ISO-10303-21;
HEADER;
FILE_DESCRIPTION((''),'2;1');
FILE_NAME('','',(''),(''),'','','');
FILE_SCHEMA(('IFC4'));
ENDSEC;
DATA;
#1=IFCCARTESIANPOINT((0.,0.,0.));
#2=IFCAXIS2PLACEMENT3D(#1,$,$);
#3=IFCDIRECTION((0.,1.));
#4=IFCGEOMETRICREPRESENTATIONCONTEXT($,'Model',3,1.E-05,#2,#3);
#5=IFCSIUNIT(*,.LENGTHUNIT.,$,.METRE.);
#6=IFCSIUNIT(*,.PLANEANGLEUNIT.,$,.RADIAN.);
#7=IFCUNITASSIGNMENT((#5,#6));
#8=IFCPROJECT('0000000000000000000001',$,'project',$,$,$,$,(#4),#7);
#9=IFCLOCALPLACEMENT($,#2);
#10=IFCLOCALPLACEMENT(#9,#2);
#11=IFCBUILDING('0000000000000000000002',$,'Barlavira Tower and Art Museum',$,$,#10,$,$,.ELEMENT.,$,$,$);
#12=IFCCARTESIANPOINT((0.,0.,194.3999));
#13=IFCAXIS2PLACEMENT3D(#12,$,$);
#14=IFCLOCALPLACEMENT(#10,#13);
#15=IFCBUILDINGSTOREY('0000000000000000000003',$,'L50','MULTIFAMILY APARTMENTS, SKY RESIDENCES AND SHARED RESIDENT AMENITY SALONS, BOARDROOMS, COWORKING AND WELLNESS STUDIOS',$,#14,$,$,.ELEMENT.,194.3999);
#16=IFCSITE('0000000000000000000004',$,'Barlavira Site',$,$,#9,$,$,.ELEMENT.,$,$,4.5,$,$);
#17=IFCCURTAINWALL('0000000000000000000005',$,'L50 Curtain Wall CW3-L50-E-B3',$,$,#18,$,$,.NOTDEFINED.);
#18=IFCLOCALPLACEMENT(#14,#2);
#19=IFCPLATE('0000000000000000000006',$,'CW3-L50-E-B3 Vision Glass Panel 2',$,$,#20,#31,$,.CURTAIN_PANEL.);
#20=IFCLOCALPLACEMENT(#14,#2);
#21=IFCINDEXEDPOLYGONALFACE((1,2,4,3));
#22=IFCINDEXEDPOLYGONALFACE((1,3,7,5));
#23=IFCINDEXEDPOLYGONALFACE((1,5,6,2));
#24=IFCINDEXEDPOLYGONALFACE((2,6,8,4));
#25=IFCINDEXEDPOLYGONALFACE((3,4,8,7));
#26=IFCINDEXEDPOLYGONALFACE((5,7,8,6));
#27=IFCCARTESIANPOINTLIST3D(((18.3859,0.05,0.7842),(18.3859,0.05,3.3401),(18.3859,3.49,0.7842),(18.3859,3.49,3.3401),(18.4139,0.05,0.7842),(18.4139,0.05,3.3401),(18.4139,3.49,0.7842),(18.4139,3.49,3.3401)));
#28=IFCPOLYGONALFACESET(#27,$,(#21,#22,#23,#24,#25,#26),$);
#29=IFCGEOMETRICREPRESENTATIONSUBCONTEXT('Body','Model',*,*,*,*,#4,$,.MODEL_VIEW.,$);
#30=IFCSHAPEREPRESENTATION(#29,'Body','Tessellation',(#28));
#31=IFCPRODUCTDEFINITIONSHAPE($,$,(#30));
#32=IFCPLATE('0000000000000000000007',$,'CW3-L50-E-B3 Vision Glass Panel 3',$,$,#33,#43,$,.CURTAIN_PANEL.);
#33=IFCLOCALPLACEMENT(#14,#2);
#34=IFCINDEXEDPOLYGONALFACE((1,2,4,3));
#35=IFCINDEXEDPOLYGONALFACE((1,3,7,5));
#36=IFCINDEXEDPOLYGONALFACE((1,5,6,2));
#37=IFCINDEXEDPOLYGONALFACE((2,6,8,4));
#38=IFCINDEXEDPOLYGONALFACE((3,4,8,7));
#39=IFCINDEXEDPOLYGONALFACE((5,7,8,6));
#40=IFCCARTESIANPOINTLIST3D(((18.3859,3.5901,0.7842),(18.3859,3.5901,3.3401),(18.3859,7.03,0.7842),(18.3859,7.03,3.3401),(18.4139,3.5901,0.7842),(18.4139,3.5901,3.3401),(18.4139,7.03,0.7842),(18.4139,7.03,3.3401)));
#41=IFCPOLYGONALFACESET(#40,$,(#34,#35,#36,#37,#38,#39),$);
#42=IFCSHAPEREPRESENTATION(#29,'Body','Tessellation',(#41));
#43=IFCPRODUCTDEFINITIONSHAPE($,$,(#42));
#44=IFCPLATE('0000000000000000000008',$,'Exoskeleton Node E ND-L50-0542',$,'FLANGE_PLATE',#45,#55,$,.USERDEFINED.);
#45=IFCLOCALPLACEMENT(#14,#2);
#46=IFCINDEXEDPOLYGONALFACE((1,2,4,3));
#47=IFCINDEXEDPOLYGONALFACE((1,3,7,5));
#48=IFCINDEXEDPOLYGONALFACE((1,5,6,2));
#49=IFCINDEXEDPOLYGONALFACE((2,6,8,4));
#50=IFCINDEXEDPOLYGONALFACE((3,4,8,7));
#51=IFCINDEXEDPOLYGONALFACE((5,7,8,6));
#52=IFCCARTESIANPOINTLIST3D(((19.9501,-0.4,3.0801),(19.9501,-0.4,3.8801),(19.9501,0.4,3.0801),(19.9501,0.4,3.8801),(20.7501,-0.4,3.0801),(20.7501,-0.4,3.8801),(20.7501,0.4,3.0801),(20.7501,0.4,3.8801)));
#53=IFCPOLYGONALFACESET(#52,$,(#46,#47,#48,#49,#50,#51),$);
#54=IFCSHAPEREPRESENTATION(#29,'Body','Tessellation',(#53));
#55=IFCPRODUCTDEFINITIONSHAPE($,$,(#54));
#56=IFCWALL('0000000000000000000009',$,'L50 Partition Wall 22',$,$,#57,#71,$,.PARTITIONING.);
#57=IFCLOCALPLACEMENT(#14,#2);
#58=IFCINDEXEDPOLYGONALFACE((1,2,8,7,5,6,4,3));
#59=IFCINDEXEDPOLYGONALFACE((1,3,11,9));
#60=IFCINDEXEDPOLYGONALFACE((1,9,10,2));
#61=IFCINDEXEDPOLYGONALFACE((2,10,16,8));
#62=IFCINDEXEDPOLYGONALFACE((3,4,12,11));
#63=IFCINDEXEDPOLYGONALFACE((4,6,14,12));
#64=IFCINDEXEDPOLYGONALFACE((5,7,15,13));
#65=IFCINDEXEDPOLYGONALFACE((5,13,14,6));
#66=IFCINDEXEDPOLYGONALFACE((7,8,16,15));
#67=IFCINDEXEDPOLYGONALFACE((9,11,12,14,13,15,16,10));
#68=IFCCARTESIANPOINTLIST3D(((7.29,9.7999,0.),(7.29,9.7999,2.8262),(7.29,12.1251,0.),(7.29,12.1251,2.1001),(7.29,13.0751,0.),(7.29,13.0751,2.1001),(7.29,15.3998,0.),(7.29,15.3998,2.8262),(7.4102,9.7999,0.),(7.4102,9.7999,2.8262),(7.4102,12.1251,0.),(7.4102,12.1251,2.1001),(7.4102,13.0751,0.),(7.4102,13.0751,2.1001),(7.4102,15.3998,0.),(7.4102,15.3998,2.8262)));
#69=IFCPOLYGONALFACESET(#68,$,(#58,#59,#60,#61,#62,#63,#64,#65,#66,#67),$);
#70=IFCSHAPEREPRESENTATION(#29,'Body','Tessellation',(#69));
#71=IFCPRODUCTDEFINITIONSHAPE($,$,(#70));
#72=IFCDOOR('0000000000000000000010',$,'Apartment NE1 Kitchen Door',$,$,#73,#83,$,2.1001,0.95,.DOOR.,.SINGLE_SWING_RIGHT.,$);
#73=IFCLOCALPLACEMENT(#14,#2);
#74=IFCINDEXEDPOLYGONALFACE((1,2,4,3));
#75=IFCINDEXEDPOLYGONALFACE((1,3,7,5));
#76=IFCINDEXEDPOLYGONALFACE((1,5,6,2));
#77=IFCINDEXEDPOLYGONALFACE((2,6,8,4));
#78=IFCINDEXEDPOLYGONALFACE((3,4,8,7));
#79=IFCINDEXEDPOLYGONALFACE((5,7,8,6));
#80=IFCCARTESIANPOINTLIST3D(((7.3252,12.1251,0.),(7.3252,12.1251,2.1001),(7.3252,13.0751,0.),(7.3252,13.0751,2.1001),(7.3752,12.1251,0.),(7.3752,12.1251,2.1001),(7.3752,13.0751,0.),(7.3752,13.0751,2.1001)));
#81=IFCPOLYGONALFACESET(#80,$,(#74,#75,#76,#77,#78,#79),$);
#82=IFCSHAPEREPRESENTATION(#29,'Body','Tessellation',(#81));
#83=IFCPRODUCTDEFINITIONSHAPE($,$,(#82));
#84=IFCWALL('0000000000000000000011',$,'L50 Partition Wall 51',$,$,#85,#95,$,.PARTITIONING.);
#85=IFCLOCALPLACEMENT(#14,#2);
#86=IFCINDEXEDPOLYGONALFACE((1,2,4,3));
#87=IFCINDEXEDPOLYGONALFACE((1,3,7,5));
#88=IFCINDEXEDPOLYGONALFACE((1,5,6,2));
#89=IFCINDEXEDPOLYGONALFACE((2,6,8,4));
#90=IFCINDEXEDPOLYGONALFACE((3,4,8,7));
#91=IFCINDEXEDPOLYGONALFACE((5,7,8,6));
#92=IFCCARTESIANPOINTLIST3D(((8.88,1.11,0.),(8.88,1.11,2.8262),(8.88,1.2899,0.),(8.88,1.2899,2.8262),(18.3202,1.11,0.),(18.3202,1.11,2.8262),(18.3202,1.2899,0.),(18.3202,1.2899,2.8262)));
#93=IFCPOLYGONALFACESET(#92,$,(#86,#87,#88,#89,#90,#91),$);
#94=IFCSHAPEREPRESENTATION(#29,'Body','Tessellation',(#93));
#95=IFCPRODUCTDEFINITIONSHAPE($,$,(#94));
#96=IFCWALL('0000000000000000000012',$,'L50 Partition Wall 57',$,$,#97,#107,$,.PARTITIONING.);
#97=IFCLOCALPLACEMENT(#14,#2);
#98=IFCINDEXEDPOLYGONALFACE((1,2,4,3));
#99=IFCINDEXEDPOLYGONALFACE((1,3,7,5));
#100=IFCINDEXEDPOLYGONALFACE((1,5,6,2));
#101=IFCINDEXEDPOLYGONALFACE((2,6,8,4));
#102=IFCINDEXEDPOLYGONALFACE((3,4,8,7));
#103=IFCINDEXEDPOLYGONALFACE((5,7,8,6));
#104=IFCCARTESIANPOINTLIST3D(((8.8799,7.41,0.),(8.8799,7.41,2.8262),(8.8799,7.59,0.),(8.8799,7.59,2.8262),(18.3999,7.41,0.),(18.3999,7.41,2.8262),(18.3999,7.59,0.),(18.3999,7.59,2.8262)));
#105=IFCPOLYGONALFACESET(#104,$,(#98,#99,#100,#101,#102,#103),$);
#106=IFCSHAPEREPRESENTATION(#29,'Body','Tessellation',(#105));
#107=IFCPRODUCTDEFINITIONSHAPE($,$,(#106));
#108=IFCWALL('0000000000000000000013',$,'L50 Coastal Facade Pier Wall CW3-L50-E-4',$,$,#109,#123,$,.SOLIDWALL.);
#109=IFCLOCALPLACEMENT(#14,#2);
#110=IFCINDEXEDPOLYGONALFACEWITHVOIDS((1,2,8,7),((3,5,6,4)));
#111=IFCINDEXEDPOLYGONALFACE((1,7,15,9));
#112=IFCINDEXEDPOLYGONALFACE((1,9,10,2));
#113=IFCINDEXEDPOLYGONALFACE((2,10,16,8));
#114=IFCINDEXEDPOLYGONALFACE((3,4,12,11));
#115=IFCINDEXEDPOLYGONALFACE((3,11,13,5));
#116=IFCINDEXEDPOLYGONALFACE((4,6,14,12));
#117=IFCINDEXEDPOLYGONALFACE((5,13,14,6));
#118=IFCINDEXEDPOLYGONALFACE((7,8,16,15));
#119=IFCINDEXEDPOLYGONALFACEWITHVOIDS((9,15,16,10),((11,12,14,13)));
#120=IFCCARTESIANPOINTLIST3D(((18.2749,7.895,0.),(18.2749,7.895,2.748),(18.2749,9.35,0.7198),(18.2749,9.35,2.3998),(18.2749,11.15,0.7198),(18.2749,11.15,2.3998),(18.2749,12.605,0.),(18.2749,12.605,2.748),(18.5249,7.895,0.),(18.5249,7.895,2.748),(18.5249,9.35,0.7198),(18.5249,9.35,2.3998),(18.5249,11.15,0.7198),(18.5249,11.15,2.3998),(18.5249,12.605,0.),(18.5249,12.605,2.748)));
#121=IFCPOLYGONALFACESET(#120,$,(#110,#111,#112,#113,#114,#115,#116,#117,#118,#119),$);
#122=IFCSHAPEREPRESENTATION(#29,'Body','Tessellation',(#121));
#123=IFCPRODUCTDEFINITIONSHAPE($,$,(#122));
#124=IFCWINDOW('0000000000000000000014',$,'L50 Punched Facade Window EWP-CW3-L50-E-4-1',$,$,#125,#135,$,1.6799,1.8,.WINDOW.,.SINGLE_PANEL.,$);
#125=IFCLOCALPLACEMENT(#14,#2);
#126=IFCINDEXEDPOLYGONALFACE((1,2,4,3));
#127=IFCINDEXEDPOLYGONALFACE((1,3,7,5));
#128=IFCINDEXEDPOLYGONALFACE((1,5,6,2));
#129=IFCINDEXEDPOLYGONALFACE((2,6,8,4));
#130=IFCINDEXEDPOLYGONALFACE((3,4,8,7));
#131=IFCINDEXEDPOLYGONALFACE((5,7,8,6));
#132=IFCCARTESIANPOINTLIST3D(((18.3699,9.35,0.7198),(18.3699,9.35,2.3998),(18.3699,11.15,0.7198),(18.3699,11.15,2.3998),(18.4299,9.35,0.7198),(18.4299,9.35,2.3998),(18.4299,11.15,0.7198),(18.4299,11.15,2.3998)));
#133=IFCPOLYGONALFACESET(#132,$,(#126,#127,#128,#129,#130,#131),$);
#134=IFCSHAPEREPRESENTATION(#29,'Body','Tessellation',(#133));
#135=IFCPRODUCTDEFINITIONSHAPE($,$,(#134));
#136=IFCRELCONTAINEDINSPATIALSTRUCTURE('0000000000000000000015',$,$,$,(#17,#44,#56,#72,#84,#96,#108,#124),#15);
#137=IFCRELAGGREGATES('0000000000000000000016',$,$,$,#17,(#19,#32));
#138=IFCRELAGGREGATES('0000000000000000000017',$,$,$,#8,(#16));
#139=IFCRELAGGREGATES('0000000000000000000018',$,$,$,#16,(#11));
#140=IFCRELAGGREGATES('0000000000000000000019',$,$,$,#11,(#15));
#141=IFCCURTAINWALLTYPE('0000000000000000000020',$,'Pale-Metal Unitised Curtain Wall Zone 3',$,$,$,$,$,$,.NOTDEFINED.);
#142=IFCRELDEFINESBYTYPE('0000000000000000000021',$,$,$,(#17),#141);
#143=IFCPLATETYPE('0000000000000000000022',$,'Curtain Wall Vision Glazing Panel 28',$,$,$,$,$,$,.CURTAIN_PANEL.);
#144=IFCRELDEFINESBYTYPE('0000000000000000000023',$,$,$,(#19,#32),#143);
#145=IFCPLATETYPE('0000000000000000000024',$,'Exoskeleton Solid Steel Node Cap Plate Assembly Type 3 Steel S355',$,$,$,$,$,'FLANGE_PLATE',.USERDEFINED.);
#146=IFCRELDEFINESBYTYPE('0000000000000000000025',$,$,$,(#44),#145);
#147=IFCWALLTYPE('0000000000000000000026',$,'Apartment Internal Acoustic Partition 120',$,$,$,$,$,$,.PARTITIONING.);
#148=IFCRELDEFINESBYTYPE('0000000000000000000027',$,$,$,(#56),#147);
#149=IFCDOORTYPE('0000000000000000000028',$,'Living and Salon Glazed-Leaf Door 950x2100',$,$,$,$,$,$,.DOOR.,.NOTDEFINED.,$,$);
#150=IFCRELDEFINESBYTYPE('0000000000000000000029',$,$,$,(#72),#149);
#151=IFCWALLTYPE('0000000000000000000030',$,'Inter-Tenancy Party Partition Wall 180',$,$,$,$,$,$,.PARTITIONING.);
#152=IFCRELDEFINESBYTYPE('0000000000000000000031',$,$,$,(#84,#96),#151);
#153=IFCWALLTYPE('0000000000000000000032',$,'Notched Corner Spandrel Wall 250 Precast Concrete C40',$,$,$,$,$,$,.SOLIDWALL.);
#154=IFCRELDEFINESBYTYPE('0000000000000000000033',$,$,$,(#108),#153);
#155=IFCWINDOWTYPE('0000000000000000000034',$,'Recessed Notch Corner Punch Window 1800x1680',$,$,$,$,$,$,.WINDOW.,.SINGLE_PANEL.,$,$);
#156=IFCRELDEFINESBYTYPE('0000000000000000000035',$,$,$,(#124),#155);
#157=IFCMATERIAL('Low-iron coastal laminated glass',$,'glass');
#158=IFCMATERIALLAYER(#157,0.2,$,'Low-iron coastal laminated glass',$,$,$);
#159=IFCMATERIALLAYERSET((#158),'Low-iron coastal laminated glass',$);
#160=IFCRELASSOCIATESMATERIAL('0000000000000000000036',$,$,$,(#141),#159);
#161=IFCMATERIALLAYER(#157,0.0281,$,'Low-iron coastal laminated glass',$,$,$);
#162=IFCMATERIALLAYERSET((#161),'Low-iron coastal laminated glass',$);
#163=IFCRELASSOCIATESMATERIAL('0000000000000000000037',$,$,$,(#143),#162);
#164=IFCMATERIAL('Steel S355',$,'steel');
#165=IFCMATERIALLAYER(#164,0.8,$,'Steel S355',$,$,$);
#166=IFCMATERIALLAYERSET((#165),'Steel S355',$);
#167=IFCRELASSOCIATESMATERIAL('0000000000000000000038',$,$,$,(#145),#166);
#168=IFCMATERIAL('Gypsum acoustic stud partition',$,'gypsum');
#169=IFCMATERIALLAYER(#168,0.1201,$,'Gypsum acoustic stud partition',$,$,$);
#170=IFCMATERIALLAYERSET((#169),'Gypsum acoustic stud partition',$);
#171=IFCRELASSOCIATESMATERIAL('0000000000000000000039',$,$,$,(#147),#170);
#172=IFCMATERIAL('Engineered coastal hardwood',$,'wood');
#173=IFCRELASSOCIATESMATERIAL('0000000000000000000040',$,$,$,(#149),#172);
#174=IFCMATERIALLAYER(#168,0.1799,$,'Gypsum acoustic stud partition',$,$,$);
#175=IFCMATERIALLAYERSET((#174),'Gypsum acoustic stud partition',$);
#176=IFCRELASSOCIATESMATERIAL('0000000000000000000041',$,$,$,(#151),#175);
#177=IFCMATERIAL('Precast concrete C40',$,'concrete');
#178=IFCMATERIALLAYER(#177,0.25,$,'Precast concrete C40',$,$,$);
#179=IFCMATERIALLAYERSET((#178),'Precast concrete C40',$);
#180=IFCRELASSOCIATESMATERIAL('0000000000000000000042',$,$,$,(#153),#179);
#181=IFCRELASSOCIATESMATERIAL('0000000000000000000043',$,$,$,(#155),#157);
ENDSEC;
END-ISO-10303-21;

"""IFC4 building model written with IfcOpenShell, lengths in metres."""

from ifc_helpers import new_model, si_unit, direction, frame, frame_2d, origin, origin_2d, place, context, subcontext, project, spatial, rectangle, extrude, material, layer, layer_set, type_object, element, fill, aggregate, save


model = new_model("IFC4")

# Units and contexts
model_context = context("Model", 3, precision=1e-05, world=origin(), true_north=direction((0.0, 1.0)))
body_context = subcontext(model_context, "Body", "Model", "MODEL_VIEW")
ifc_project = project(units=[si_unit("LENGTHUNIT", "METRE"), si_unit("PLANEANGLEUNIT", "RADIAN")], contexts=[model_context])

# Site, building, storey
site_placement = place(None, origin())
site = spatial("IfcSite", under=ifc_project, at=site_placement, Name="Barlavira Site", CompositionType="ELEMENT", RefElevation=4.5)
building_placement = place(site_placement, origin())
building = spatial("IfcBuilding", under=site, at=building_placement, Name="Barlavira Tower and Art Museum", CompositionType="ELEMENT")
storey_placement = place(building_placement, frame((0.0, 0.0, 194.3999)))
storey = spatial("IfcBuildingStorey", under=building, at=storey_placement, Name="L50", Description="MULTIFAMILY APARTMENTS, SKY RESIDENCES AND SHARED RESIDENT AMENITY SALONS, BOARDROOMS, COWORKING AND WELLNESS STUDIOS", CompositionType="ELEMENT", Elevation=194.3999)

# Curtain wall
ifc_material_1 = material(Name="Low-iron coastal laminated glass", Category="glass")
ifc_layer_1 = layer(ifc_material_1, 0.2, Name="Low-iron coastal laminated glass")
ifc_layer_set_1 = layer_set([ifc_layer_1], Name="Low-iron coastal laminated glass")
curtain_wall_type = type_object("IfcCurtainWallType", Name="Pale-Metal Unitised Curtain Wall Zone 3", PredefinedType="NOTDEFINED", material=ifc_layer_set_1)
curtain_wall_placement = place(storey_placement, origin())
curtain_wall = element("IfcCurtainWall", 1, at=curtain_wall_placement, inside=storey, type_object=curtain_wall_type, Name="L50 Curtain Wall CW3-L50-E-B3", PredefinedType="NOTDEFINED")

# Shared definitions
ifc_material_2 = material(Name="Steel S355", Category="steel")

# Plates
ifc_layer_2 = layer(ifc_material_1, 0.0281, Name="Low-iron coastal laminated glass")
ifc_layer_set_2 = layer_set([ifc_layer_2], Name="Low-iron coastal laminated glass")
plate_type_1 = type_object("IfcPlateType", Name="Curtain Wall Vision Glazing Panel 28", PredefinedType="CURTAIN_PANEL", material=ifc_layer_set_2)
plate_1_placement = place(storey_placement, frame((18.3999, 1.77, 0.7842), z_axis=(0.0, 0.0, 1.0), x_axis=(0.0, 1.0, 0.0)))
plate_1 = element("IfcPlate", 2, at=plate_1_placement, type_object=plate_type_1, Name="CW3-L50-E-B3 Vision Glass Panel 2", PredefinedType="CURTAIN_PANEL", context=body_context, shape_type="SweptSolid", body=[
    extrude(rectangle(XDim=3.4399, YDim=0.0281, at=origin_2d()), origin(), (0.0, 0.0, 1.0), 2.5559),
])
plate_2_placement = place(storey_placement, frame((18.3999, 5.3101, 0.7842), z_axis=(0.0, 0.0, 1.0), x_axis=(0.0, 1.0, 0.0)))
plate_2 = element("IfcPlate", 3, at=plate_2_placement, type_object=plate_type_1, Name="CW3-L50-E-B3 Vision Glass Panel 3", PredefinedType="CURTAIN_PANEL", context=body_context, shape_type="SweptSolid", body=[
    extrude(rectangle(XDim=3.4399, YDim=0.0281, at=origin_2d()), origin(), (0.0, 0.0, 1.0), 2.5559),
])
aggregate(curtain_wall, [plate_1, plate_2])
ifc_layer_3 = layer(ifc_material_2, 0.8, Name="Steel S355")
ifc_layer_set_3 = layer_set([ifc_layer_3], Name="Steel S355")
plate_type_2 = type_object("IfcPlateType", Name="Exoskeleton Solid Steel Node Cap Plate Assembly Type 3 Steel S355", ElementType="FLANGE_PLATE", PredefinedType="USERDEFINED", material=ifc_layer_set_3)
plate_3_placement = place(storey_placement, frame((20.3501, 0.0, 3.0801), z_axis=(0.0, 0.0, 1.0), x_axis=(1.0, 0.0, 0.0)))
element("IfcPlate", 4, at=plate_3_placement, inside=storey, type_object=plate_type_2, Name="Exoskeleton Node E ND-L50-0542", ObjectType="FLANGE_PLATE", PredefinedType="USERDEFINED", context=body_context, shape_type="SweptSolid", body=[
    extrude(rectangle(XDim=0.8, YDim=0.8, at=origin_2d()), origin(), (0.0, 0.0, 1.0), 0.8),
])

# Wall, opening, door
ifc_material_3 = material(Name="Gypsum acoustic stud partition", Category="gypsum")
ifc_layer_4 = layer(ifc_material_3, 0.1201, Name="Gypsum acoustic stud partition")
ifc_layer_set_4 = layer_set([ifc_layer_4], Name="Gypsum acoustic stud partition")
wall_type_1 = type_object("IfcWallType", Name="Apartment Internal Acoustic Partition 120", PredefinedType="PARTITIONING", material=ifc_layer_set_4)
wall_1_placement = place(storey_placement, frame((7.3501, 9.8, 0.0), z_axis=(0.0, 0.0, 1.0), x_axis=(0.0, 1.0, 0.0)))
wall_1 = element("IfcWall", 5, at=wall_1_placement, inside=storey, type_object=wall_type_1, Name="L50 Partition Wall 22", PredefinedType="PARTITIONING", context=body_context, shape_type="SweptSolid", body=[
    extrude(rectangle(XDim=5.5999, YDim=0.1201, at=frame_2d((2.7998, 0.0))), origin(), (0.0, 0.0, 1.0), 2.8262),
])
opening_1_placement = place(wall_1_placement, frame((2.325, 0.0, 0.0)))
opening_1 = element("IfcOpeningElement", 6, at=opening_1_placement, cuts=wall_1, PredefinedType="OPENING", context=body_context, shape_type="SweptSolid", body=[
    extrude(rectangle(XDim=0.95, YDim=2.1001, at=frame_2d((0.4751, 1.05))), frame((0.0, 0.0701, 0.0), z_axis=(0.0, -1.0, 0.0), x_axis=(1.0, 0.0, 0.0)), (0.0, 0.0, 1.0), 0.1401),
])
ifc_material_4 = material(Name="Engineered coastal hardwood", Category="wood")
door_type = type_object("IfcDoorType", Name="Living and Salon Glazed-Leaf Door 950x2100", OperationType="NOTDEFINED", PredefinedType="DOOR", material=ifc_material_4)
door_placement = place(opening_1_placement, origin())
door = element("IfcDoor", 7, at=door_placement, inside=storey, type_object=door_type, Name="Apartment NE1 Kitchen Door", OperationType="SINGLE_SWING_RIGHT", OverallHeight=2.1001, OverallWidth=0.95, PredefinedType="DOOR", context=body_context, shape_type="SweptSolid", body=[
    extrude(rectangle(XDim=0.95, YDim=2.1001, at=frame_2d((0.4751, 1.05))), frame((0.0, 0.0249, 0.0), z_axis=(0.0, -1.0, 0.0), x_axis=(1.0, 0.0, 0.0)), (0.0, 0.0, 1.0), 0.05),
])
fill(opening_1, door)

# Walls
ifc_layer_5 = layer(ifc_material_3, 0.1799, Name="Gypsum acoustic stud partition")
ifc_layer_set_5 = layer_set([ifc_layer_5], Name="Gypsum acoustic stud partition")
wall_type_2 = type_object("IfcWallType", Name="Inter-Tenancy Party Partition Wall 180", PredefinedType="PARTITIONING", material=ifc_layer_set_5)
wall_2_placement = place(storey_placement, frame((8.8799, 1.2, 0.0), z_axis=(0.0, 0.0, 1.0), x_axis=(1.0, 0.0, 0.0)))
element("IfcWall", 8, at=wall_2_placement, inside=storey, type_object=wall_type_2, Name="L50 Partition Wall 51", PredefinedType="PARTITIONING", context=body_context, shape_type="SweptSolid", body=[
    extrude(rectangle(XDim=9.4402, YDim=0.1799, at=frame_2d((4.7202, 0.0))), origin(), (0.0, 0.0, 1.0), 2.8262),
])
wall_3_placement = place(storey_placement, frame((8.8799, 7.5, 0.0), z_axis=(0.0, 0.0, 1.0), x_axis=(1.0, 0.0, 0.0)))
element("IfcWall", 9, at=wall_3_placement, inside=storey, type_object=wall_type_2, Name="L50 Partition Wall 57", PredefinedType="PARTITIONING", context=body_context, shape_type="SweptSolid", body=[
    extrude(rectangle(XDim=9.52, YDim=0.1799, at=frame_2d((4.76, 0.0))), origin(), (0.0, 0.0, 1.0), 2.8262),
])

# Wall, opening, window
ifc_material_5 = material(Name="Precast concrete C40", Category="concrete")
ifc_layer_6 = layer(ifc_material_5, 0.25, Name="Precast concrete C40")
ifc_layer_set_6 = layer_set([ifc_layer_6], Name="Precast concrete C40")
wall_type_3 = type_object("IfcWallType", Name="Notched Corner Spandrel Wall 250 Precast Concrete C40", PredefinedType="SOLIDWALL", material=ifc_layer_set_6)
wall_4_placement = place(storey_placement, frame((18.3999, 7.895, 0.0), z_axis=(0.0, 0.0, 1.0), x_axis=(0.0, 1.0, 0.0)))
wall_4 = element("IfcWall", 10, at=wall_4_placement, inside=storey, type_object=wall_type_3, Name="L50 Coastal Facade Pier Wall CW3-L50-E-4", PredefinedType="SOLIDWALL", context=body_context, shape_type="SweptSolid", body=[
    extrude(rectangle(XDim=4.71, YDim=0.25, at=frame_2d((2.355, 0.0))), origin(), (0.0, 0.0, 1.0), 2.748),
])
opening_2_placement = place(wall_4_placement, frame((1.4551, 0.0, 0.72)))
opening_2 = element("IfcOpeningElement", 11, at=opening_2_placement, cuts=wall_4, PredefinedType="OPENING", context=body_context, shape_type="SweptSolid", body=[
    extrude(rectangle(XDim=1.8, YDim=1.6799, at=frame_2d((0.8999, 0.8398))), frame((0.0, 0.135, 0.0), z_axis=(0.0, -1.0, 0.0), x_axis=(1.0, 0.0, 0.0)), (0.0, 0.0, 1.0), 0.27),
])
window_type = type_object("IfcWindowType", Name="Recessed Notch Corner Punch Window 1800x1680", PartitioningType="SINGLE_PANEL", PredefinedType="WINDOW", material=ifc_material_1)
window_placement = place(opening_2_placement, origin())
window = element("IfcWindow", 12, at=window_placement, inside=storey, type_object=window_type, Name="L50 Punched Facade Window EWP-CW3-L50-E-4-1", OverallHeight=1.6799, OverallWidth=1.8, PartitioningType="SINGLE_PANEL", PredefinedType="WINDOW", context=body_context, shape_type="SweptSolid", body=[
    extrude(rectangle(XDim=1.8, YDim=1.6799, at=frame_2d((0.8999, 0.8398))), frame((0.0, 0.03, 0.0), z_axis=(0.0, -1.0, 0.0), x_axis=(1.0, 0.0, 0.0)), (0.0, 0.0, 1.0), 0.0601),
])
fill(opening_2, window)

save(model, "model.ifc")
